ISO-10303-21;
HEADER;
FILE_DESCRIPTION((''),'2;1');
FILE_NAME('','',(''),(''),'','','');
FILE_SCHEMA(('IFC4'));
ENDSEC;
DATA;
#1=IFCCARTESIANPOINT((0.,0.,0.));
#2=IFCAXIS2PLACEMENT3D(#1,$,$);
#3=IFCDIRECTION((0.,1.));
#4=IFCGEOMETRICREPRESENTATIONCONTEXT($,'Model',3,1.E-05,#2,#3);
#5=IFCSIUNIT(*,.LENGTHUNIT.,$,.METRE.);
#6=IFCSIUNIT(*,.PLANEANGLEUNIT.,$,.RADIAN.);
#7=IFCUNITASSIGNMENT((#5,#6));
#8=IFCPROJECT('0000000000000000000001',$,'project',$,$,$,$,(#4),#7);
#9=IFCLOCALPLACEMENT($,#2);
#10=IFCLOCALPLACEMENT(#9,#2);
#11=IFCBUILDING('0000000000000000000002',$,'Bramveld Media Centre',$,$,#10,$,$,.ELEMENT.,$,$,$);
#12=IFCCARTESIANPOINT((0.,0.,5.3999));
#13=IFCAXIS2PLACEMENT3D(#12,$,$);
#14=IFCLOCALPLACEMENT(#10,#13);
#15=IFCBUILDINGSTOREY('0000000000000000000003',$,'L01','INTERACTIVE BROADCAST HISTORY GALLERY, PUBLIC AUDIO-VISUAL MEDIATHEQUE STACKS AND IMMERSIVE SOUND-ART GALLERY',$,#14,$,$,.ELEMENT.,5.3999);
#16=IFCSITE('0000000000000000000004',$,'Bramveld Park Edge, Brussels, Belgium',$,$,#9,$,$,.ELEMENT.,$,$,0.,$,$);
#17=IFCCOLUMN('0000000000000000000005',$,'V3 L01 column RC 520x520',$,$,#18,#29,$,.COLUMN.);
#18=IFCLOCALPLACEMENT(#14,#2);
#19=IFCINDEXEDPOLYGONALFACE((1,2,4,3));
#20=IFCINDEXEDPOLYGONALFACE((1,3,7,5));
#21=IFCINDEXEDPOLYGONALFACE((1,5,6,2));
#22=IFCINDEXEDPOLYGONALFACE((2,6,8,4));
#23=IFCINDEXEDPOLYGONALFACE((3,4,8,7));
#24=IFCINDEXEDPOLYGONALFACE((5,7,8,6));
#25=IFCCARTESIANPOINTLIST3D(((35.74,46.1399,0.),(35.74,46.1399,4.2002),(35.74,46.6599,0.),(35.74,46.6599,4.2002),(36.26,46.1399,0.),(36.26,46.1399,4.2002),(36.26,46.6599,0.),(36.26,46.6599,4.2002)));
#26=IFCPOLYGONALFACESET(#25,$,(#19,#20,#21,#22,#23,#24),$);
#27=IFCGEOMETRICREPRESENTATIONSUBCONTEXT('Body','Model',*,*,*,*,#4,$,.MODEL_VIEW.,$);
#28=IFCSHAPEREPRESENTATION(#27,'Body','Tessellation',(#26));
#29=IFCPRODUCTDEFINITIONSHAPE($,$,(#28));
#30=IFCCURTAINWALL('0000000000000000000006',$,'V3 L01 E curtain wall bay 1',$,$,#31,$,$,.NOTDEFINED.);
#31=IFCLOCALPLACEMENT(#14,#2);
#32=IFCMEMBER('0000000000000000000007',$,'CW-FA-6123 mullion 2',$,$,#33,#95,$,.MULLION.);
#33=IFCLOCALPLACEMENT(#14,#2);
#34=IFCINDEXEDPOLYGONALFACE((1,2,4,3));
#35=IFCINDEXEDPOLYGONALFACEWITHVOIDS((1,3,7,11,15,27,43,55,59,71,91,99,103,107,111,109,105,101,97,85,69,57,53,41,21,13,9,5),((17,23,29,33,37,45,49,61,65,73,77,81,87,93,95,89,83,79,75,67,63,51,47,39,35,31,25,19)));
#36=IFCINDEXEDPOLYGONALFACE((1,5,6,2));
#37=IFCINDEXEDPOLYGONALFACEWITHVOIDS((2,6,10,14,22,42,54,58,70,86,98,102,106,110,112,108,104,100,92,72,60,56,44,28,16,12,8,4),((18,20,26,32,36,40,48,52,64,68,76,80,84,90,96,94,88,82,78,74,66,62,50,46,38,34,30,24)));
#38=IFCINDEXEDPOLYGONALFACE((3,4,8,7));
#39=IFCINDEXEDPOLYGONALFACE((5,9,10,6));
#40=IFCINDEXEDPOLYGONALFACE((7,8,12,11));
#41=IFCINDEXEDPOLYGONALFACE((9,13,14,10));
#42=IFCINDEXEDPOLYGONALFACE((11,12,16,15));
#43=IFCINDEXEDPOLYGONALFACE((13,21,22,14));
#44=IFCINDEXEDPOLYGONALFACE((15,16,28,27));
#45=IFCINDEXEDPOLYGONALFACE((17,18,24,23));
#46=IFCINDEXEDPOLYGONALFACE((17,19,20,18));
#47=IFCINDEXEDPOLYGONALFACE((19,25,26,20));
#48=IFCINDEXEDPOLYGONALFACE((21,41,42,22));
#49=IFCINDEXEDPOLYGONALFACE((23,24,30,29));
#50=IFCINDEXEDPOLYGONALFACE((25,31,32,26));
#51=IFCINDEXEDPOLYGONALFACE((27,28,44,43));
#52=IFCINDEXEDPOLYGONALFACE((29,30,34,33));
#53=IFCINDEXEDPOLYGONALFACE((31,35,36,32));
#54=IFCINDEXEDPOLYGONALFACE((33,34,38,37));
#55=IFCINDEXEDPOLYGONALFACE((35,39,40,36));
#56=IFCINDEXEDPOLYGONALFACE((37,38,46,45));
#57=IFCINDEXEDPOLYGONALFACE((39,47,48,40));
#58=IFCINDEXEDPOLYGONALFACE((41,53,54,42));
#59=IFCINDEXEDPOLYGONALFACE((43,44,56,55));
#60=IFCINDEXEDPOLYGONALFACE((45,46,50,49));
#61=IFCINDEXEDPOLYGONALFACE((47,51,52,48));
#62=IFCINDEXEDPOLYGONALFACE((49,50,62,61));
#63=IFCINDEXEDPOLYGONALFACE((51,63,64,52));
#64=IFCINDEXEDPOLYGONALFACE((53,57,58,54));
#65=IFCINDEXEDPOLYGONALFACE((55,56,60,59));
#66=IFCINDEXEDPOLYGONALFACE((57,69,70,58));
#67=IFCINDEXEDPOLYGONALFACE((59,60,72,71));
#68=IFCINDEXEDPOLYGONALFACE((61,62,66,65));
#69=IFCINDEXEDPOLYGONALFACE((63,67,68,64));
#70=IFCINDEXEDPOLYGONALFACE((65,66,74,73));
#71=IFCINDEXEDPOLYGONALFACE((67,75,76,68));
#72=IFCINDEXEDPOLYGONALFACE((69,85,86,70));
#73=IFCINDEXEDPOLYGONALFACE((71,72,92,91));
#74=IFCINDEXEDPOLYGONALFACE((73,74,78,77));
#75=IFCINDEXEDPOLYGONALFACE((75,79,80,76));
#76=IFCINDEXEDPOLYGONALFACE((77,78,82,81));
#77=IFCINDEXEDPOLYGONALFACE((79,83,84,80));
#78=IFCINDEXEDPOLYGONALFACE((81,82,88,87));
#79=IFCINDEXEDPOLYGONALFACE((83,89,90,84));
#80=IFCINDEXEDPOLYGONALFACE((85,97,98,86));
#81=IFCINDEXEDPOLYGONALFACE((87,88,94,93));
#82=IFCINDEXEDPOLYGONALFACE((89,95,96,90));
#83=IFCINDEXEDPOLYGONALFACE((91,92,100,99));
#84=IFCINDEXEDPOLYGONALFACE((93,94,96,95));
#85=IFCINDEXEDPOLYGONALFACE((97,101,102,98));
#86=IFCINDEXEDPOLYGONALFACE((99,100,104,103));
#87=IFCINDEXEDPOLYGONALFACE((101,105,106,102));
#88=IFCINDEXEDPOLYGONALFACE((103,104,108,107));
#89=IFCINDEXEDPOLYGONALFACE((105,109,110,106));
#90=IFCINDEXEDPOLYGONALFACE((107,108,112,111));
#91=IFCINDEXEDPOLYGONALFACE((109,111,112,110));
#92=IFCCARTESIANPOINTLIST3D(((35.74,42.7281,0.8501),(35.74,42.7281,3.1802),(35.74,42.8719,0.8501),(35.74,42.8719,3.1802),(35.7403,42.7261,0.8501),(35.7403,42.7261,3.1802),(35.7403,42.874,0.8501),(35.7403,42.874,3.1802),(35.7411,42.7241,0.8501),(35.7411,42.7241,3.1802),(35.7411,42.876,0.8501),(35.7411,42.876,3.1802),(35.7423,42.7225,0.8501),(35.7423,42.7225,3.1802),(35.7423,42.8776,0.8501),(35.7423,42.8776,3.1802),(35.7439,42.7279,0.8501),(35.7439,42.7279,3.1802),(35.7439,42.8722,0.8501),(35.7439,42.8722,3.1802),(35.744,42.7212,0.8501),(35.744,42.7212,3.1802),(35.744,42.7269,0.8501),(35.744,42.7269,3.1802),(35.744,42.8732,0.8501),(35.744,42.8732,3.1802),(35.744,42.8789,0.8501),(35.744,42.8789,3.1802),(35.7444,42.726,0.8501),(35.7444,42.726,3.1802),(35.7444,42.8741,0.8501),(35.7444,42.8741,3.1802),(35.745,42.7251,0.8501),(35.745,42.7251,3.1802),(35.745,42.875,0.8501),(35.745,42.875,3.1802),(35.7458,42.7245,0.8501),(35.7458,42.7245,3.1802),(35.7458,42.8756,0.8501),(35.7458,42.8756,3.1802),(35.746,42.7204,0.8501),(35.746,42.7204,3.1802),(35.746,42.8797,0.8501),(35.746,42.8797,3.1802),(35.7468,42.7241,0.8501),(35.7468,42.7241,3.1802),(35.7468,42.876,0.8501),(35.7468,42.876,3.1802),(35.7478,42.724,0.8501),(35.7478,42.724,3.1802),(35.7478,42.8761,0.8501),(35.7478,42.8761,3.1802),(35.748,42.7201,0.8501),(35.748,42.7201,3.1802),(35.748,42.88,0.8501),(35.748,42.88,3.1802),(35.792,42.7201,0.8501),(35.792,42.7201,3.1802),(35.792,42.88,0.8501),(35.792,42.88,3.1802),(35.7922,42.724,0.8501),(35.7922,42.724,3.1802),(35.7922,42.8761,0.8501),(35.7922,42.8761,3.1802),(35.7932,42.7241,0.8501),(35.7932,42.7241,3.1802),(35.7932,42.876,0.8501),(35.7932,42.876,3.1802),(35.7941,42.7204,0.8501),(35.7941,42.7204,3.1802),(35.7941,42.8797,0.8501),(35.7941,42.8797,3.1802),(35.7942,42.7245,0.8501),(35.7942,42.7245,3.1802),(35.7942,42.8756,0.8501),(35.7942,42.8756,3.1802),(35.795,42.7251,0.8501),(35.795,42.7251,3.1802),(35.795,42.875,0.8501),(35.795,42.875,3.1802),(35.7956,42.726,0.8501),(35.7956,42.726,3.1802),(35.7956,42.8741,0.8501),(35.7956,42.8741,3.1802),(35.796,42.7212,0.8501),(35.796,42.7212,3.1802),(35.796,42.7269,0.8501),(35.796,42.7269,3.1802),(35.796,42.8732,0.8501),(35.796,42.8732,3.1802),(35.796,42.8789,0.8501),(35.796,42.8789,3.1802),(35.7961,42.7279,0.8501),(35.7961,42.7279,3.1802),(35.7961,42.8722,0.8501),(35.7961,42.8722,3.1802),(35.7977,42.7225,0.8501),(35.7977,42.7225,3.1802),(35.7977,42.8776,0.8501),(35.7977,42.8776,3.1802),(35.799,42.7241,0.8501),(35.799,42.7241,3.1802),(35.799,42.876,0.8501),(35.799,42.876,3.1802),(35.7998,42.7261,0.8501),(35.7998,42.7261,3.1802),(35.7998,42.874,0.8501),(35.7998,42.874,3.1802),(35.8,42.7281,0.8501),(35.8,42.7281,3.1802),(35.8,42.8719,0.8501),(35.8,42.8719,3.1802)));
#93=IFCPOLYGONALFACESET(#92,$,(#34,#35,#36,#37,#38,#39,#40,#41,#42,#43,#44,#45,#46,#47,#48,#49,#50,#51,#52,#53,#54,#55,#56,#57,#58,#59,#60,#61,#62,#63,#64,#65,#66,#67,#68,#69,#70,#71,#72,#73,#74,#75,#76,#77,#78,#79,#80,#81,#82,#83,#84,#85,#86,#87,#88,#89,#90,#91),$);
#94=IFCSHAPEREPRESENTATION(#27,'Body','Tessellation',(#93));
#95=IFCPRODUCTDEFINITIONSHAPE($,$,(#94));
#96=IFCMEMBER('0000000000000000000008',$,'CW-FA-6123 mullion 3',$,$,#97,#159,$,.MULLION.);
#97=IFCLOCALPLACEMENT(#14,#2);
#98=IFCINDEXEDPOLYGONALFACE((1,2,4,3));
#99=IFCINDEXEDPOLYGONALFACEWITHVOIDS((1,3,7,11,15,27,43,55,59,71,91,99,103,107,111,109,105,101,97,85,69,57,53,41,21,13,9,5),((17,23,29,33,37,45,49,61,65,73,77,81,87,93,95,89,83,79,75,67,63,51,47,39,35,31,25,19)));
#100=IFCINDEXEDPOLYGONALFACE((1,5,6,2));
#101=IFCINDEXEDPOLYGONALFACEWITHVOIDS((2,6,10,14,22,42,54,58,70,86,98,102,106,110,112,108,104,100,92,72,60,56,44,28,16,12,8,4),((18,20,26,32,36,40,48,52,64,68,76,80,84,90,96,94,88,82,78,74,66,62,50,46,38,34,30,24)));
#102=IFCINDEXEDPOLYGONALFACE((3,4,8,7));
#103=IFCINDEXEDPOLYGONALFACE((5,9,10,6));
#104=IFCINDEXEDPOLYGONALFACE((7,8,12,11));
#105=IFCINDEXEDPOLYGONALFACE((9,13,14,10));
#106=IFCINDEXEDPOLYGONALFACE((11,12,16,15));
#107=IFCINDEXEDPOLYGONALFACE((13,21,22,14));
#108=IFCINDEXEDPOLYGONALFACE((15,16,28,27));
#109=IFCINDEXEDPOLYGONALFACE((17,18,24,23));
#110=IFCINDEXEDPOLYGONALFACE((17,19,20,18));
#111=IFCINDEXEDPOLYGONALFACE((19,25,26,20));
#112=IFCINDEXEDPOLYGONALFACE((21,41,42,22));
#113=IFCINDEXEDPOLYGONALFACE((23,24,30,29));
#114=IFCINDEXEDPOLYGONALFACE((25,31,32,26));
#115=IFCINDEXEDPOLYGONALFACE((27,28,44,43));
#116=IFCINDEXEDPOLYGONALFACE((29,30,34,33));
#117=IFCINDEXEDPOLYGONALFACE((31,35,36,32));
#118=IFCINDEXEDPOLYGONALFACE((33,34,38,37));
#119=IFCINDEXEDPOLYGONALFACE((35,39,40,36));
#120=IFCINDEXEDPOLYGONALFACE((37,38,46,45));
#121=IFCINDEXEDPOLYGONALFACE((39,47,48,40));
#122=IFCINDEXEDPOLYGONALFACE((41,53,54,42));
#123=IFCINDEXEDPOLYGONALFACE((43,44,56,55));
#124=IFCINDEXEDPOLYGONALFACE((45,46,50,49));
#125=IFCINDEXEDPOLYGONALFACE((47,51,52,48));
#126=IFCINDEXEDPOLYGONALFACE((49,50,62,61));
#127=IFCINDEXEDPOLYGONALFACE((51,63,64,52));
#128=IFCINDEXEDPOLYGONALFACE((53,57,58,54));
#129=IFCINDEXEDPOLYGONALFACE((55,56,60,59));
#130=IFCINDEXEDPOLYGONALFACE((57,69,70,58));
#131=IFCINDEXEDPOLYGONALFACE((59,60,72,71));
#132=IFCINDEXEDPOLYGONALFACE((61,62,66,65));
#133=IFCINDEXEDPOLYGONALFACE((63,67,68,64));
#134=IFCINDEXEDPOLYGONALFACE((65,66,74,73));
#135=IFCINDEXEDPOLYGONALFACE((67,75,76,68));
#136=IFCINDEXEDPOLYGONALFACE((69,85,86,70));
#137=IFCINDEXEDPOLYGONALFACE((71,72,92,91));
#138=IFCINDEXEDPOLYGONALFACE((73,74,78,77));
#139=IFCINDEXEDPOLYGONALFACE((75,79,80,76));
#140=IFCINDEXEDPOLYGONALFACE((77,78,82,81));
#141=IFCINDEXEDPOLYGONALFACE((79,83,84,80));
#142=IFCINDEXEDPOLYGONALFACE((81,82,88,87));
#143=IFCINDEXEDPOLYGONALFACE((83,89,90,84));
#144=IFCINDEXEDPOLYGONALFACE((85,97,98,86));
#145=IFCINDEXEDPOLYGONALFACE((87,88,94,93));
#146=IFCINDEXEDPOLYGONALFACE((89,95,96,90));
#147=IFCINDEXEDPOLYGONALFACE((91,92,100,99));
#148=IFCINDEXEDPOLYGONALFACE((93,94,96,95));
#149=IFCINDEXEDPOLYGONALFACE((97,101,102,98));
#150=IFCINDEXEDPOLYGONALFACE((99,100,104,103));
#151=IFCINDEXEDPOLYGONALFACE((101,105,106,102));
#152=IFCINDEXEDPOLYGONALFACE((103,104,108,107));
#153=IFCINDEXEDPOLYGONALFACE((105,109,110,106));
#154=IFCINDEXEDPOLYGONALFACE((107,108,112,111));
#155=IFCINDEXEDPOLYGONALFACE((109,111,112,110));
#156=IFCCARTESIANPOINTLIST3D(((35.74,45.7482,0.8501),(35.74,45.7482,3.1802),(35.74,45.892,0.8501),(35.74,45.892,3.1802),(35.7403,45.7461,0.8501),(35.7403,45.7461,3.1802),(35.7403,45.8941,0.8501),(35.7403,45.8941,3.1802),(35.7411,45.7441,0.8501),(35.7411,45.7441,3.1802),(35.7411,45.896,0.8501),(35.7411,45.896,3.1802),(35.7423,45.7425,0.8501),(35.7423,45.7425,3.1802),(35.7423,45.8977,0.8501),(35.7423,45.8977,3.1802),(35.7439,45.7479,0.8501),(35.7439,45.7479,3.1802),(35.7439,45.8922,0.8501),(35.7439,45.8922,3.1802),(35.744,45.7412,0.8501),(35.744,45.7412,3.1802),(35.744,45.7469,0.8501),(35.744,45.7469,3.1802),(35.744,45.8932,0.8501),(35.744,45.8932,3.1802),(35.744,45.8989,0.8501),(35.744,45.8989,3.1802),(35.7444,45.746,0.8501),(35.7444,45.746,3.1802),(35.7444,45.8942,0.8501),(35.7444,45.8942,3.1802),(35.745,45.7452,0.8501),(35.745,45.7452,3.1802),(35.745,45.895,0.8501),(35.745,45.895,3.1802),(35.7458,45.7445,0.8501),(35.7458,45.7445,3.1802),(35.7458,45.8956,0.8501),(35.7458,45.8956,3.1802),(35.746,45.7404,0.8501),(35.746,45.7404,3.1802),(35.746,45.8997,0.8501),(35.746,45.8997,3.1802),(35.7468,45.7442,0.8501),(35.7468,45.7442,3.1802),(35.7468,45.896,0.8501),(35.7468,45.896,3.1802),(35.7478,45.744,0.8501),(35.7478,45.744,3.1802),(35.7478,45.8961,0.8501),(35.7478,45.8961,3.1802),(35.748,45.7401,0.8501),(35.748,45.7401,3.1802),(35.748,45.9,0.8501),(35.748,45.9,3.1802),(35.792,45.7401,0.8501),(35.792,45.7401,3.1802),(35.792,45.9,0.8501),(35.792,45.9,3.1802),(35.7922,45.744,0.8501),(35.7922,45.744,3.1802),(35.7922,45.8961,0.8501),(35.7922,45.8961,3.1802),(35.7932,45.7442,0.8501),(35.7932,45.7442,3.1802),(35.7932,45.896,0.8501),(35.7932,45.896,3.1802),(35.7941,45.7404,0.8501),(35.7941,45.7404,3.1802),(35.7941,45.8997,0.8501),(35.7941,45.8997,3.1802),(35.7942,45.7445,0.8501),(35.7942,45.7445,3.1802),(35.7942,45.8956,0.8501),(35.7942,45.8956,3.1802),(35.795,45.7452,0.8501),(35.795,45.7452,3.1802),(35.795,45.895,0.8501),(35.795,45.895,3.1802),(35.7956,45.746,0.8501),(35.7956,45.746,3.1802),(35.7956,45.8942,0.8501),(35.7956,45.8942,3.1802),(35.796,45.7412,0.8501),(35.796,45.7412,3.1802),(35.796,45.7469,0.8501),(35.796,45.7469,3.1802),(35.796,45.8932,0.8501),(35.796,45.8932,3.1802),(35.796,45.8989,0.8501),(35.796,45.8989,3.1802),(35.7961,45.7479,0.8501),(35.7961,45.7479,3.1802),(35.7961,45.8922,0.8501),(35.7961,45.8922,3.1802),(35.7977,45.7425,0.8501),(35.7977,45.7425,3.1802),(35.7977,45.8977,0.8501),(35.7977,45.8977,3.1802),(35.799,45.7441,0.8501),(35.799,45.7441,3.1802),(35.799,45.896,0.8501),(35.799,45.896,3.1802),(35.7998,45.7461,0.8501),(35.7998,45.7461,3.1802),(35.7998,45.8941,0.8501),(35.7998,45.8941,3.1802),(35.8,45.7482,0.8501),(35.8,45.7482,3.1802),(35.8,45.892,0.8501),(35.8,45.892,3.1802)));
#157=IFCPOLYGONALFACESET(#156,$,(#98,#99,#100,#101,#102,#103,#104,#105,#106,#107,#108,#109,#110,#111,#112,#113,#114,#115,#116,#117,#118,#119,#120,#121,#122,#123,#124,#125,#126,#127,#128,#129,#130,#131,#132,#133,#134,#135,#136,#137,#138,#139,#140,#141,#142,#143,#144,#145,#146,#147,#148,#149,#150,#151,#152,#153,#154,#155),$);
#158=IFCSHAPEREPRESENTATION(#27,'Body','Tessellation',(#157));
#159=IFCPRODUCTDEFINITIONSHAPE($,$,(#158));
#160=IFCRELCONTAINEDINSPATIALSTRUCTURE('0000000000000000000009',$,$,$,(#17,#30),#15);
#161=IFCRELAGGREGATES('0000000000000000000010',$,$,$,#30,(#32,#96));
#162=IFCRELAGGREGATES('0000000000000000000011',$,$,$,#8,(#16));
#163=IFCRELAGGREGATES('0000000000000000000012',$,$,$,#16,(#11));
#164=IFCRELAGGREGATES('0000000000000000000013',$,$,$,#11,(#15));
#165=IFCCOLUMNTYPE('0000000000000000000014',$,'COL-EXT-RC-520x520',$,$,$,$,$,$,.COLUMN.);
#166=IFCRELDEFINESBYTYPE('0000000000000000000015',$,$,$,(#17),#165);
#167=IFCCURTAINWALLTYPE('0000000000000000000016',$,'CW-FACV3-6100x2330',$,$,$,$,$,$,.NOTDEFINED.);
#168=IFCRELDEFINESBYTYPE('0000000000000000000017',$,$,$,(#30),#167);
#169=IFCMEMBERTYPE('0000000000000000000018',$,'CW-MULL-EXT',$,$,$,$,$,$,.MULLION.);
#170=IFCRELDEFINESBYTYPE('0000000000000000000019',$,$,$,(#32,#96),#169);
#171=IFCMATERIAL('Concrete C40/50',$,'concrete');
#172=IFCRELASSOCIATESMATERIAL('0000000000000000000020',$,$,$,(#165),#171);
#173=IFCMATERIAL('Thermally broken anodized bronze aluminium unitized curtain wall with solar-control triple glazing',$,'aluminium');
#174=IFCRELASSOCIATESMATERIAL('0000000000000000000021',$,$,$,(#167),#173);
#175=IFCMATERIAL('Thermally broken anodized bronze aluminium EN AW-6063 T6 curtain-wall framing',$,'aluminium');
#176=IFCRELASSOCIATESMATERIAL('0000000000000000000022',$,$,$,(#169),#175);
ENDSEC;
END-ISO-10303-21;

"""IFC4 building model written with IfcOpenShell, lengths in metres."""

from ifc_helpers import new_model, si_unit, direction, frame, origin, origin_2d, place, context, subcontext, project, spatial, rectangle, hollow_rectangle, extrude, material, material_profile, profile_set, type_object, element, aggregate, save


model = new_model("IFC4")

# Units and contexts
model_context = context("Model", 3, precision=1e-05, world=origin(), true_north=direction((0.0, 1.0)))
body_context = subcontext(model_context, "Body", "Model", "MODEL_VIEW")
ifc_project = project(units=[si_unit("LENGTHUNIT", "METRE"), si_unit("PLANEANGLEUNIT", "RADIAN")], contexts=[model_context])

# Site, building, storey
site_placement = place(None, origin())
site = spatial("IfcSite", under=ifc_project, at=site_placement, Name="Bramveld Park Edge, Brussels, Belgium", CompositionType="ELEMENT", RefElevation=0.0)
building_placement = place(site_placement, origin())
building = spatial("IfcBuilding", under=site, at=building_placement, Name="Bramveld Media Centre", CompositionType="ELEMENT")
storey_placement = place(building_placement, frame((0.0, 0.0, 5.3999)))
storey = spatial("IfcBuildingStorey", under=building, at=storey_placement, Name="L01", Description="INTERACTIVE BROADCAST HISTORY GALLERY, PUBLIC AUDIO-VISUAL MEDIATHEQUE STACKS AND IMMERSIVE SOUND-ART GALLERY", CompositionType="ELEMENT", Elevation=5.3999)

# Column
ifc_material_1 = material(Name="Concrete C40/50", Category="concrete")
ifc_material_profile_1 = material_profile(ifc_material_1, rectangle(XDim=0.52, YDim=0.52, at=origin_2d()), Name="RC 520x520")
ifc_profile_set_1 = profile_set([ifc_material_profile_1], Name="Concrete C40/50")
column_type = type_object("IfcColumnType", Name="COL-EXT-RC-520x520", PredefinedType="COLUMN", material=ifc_profile_set_1)
column_placement = place(storey_placement, frame((36.0, 46.3999, 0.0), z_axis=(0.0, 0.0, 1.0), x_axis=(1.0, 0.0, 0.0)))
element("IfcColumn", 1, at=column_placement, inside=storey, type_object=column_type, Name="V3 L01 column RC 520x520", PredefinedType="COLUMN", context=body_context, shape_type="SweptSolid", body=[
    extrude(rectangle(XDim=0.52, YDim=0.52, at=origin_2d()), origin(), (0.0, 0.0, 1.0), 4.2002),
])

# Curtain wall, members
ifc_material_2 = material(Name="Thermally broken anodized bronze aluminium unitized curtain wall with solar-control triple glazing", Category="aluminium")
curtain_wall_type = type_object("IfcCurtainWallType", Name="CW-FACV3-6100x2330", PredefinedType="NOTDEFINED", material=ifc_material_2)
curtain_wall_1_placement = place(storey_placement, origin())
curtain_wall_1 = element("IfcCurtainWall", 2, at=curtain_wall_1_placement, inside=storey, type_object=curtain_wall_type, Name="V3 L01 E curtain wall bay 1", PredefinedType="NOTDEFINED")
ifc_material_3 = material(Name="Thermally broken anodized bronze aluminium EN AW-6063 T6 curtain-wall framing", Category="aluminium")
ifc_material_profile_2 = material_profile(ifc_material_3, hollow_rectangle(XDim=0.0601, YDim=0.1599, WallThickness=0.0039, InnerFilletRadius=0.0039, OuterFilletRadius=0.0081, at=origin_2d()), Name="AL-MULL 60x160")
ifc_profile_set_2 = profile_set([ifc_material_profile_2], Name="Thermally broken anodized bronze aluminium EN AW-6063 T6 curtain-wall framing")
member_type_1 = type_object("IfcMemberType", Name="CW-MULL-EXT", PredefinedType="MULLION", material=ifc_profile_set_2)
member_1_placement = place(storey_placement, frame((35.77, 42.8, 0.8501), z_axis=(0.0, 0.0, 1.0), x_axis=(-1.0, 0.0, 0.0)))
member_1 = element("IfcMember", 3, at=member_1_placement, type_object=member_type_1, Name="CW-FA-6123 mullion 2", PredefinedType="MULLION", context=body_context, shape_type="SweptSolid", body=[
    extrude(hollow_rectangle(XDim=0.0601, YDim=0.1599, WallThickness=0.0039, InnerFilletRadius=0.0039, OuterFilletRadius=0.0081, at=origin_2d()), origin(), (0.0, 0.0, 1.0), 2.3301),
])
member_2_placement = place(storey_placement, frame((35.77, 45.8201, 0.8501), z_axis=(0.0, 0.0, 1.0), x_axis=(-1.0, 0.0, 0.0)))
member_2 = element("IfcMember", 4, at=member_2_placement, type_object=member_type_1, Name="CW-FA-6123 mullion 3", PredefinedType="MULLION", context=body_context, shape_type="SweptSolid", body=[
    extrude(hollow_rectangle(XDim=0.0601, YDim=0.1599, WallThickness=0.0039, InnerFilletRadius=0.0039, OuterFilletRadius=0.0081, at=origin_2d()), origin(), (0.0, 0.0, 1.0), 2.3301),
])

aggregate(curtain_wall_1, [member_1, member_2])

save(model, "model.ifc")
